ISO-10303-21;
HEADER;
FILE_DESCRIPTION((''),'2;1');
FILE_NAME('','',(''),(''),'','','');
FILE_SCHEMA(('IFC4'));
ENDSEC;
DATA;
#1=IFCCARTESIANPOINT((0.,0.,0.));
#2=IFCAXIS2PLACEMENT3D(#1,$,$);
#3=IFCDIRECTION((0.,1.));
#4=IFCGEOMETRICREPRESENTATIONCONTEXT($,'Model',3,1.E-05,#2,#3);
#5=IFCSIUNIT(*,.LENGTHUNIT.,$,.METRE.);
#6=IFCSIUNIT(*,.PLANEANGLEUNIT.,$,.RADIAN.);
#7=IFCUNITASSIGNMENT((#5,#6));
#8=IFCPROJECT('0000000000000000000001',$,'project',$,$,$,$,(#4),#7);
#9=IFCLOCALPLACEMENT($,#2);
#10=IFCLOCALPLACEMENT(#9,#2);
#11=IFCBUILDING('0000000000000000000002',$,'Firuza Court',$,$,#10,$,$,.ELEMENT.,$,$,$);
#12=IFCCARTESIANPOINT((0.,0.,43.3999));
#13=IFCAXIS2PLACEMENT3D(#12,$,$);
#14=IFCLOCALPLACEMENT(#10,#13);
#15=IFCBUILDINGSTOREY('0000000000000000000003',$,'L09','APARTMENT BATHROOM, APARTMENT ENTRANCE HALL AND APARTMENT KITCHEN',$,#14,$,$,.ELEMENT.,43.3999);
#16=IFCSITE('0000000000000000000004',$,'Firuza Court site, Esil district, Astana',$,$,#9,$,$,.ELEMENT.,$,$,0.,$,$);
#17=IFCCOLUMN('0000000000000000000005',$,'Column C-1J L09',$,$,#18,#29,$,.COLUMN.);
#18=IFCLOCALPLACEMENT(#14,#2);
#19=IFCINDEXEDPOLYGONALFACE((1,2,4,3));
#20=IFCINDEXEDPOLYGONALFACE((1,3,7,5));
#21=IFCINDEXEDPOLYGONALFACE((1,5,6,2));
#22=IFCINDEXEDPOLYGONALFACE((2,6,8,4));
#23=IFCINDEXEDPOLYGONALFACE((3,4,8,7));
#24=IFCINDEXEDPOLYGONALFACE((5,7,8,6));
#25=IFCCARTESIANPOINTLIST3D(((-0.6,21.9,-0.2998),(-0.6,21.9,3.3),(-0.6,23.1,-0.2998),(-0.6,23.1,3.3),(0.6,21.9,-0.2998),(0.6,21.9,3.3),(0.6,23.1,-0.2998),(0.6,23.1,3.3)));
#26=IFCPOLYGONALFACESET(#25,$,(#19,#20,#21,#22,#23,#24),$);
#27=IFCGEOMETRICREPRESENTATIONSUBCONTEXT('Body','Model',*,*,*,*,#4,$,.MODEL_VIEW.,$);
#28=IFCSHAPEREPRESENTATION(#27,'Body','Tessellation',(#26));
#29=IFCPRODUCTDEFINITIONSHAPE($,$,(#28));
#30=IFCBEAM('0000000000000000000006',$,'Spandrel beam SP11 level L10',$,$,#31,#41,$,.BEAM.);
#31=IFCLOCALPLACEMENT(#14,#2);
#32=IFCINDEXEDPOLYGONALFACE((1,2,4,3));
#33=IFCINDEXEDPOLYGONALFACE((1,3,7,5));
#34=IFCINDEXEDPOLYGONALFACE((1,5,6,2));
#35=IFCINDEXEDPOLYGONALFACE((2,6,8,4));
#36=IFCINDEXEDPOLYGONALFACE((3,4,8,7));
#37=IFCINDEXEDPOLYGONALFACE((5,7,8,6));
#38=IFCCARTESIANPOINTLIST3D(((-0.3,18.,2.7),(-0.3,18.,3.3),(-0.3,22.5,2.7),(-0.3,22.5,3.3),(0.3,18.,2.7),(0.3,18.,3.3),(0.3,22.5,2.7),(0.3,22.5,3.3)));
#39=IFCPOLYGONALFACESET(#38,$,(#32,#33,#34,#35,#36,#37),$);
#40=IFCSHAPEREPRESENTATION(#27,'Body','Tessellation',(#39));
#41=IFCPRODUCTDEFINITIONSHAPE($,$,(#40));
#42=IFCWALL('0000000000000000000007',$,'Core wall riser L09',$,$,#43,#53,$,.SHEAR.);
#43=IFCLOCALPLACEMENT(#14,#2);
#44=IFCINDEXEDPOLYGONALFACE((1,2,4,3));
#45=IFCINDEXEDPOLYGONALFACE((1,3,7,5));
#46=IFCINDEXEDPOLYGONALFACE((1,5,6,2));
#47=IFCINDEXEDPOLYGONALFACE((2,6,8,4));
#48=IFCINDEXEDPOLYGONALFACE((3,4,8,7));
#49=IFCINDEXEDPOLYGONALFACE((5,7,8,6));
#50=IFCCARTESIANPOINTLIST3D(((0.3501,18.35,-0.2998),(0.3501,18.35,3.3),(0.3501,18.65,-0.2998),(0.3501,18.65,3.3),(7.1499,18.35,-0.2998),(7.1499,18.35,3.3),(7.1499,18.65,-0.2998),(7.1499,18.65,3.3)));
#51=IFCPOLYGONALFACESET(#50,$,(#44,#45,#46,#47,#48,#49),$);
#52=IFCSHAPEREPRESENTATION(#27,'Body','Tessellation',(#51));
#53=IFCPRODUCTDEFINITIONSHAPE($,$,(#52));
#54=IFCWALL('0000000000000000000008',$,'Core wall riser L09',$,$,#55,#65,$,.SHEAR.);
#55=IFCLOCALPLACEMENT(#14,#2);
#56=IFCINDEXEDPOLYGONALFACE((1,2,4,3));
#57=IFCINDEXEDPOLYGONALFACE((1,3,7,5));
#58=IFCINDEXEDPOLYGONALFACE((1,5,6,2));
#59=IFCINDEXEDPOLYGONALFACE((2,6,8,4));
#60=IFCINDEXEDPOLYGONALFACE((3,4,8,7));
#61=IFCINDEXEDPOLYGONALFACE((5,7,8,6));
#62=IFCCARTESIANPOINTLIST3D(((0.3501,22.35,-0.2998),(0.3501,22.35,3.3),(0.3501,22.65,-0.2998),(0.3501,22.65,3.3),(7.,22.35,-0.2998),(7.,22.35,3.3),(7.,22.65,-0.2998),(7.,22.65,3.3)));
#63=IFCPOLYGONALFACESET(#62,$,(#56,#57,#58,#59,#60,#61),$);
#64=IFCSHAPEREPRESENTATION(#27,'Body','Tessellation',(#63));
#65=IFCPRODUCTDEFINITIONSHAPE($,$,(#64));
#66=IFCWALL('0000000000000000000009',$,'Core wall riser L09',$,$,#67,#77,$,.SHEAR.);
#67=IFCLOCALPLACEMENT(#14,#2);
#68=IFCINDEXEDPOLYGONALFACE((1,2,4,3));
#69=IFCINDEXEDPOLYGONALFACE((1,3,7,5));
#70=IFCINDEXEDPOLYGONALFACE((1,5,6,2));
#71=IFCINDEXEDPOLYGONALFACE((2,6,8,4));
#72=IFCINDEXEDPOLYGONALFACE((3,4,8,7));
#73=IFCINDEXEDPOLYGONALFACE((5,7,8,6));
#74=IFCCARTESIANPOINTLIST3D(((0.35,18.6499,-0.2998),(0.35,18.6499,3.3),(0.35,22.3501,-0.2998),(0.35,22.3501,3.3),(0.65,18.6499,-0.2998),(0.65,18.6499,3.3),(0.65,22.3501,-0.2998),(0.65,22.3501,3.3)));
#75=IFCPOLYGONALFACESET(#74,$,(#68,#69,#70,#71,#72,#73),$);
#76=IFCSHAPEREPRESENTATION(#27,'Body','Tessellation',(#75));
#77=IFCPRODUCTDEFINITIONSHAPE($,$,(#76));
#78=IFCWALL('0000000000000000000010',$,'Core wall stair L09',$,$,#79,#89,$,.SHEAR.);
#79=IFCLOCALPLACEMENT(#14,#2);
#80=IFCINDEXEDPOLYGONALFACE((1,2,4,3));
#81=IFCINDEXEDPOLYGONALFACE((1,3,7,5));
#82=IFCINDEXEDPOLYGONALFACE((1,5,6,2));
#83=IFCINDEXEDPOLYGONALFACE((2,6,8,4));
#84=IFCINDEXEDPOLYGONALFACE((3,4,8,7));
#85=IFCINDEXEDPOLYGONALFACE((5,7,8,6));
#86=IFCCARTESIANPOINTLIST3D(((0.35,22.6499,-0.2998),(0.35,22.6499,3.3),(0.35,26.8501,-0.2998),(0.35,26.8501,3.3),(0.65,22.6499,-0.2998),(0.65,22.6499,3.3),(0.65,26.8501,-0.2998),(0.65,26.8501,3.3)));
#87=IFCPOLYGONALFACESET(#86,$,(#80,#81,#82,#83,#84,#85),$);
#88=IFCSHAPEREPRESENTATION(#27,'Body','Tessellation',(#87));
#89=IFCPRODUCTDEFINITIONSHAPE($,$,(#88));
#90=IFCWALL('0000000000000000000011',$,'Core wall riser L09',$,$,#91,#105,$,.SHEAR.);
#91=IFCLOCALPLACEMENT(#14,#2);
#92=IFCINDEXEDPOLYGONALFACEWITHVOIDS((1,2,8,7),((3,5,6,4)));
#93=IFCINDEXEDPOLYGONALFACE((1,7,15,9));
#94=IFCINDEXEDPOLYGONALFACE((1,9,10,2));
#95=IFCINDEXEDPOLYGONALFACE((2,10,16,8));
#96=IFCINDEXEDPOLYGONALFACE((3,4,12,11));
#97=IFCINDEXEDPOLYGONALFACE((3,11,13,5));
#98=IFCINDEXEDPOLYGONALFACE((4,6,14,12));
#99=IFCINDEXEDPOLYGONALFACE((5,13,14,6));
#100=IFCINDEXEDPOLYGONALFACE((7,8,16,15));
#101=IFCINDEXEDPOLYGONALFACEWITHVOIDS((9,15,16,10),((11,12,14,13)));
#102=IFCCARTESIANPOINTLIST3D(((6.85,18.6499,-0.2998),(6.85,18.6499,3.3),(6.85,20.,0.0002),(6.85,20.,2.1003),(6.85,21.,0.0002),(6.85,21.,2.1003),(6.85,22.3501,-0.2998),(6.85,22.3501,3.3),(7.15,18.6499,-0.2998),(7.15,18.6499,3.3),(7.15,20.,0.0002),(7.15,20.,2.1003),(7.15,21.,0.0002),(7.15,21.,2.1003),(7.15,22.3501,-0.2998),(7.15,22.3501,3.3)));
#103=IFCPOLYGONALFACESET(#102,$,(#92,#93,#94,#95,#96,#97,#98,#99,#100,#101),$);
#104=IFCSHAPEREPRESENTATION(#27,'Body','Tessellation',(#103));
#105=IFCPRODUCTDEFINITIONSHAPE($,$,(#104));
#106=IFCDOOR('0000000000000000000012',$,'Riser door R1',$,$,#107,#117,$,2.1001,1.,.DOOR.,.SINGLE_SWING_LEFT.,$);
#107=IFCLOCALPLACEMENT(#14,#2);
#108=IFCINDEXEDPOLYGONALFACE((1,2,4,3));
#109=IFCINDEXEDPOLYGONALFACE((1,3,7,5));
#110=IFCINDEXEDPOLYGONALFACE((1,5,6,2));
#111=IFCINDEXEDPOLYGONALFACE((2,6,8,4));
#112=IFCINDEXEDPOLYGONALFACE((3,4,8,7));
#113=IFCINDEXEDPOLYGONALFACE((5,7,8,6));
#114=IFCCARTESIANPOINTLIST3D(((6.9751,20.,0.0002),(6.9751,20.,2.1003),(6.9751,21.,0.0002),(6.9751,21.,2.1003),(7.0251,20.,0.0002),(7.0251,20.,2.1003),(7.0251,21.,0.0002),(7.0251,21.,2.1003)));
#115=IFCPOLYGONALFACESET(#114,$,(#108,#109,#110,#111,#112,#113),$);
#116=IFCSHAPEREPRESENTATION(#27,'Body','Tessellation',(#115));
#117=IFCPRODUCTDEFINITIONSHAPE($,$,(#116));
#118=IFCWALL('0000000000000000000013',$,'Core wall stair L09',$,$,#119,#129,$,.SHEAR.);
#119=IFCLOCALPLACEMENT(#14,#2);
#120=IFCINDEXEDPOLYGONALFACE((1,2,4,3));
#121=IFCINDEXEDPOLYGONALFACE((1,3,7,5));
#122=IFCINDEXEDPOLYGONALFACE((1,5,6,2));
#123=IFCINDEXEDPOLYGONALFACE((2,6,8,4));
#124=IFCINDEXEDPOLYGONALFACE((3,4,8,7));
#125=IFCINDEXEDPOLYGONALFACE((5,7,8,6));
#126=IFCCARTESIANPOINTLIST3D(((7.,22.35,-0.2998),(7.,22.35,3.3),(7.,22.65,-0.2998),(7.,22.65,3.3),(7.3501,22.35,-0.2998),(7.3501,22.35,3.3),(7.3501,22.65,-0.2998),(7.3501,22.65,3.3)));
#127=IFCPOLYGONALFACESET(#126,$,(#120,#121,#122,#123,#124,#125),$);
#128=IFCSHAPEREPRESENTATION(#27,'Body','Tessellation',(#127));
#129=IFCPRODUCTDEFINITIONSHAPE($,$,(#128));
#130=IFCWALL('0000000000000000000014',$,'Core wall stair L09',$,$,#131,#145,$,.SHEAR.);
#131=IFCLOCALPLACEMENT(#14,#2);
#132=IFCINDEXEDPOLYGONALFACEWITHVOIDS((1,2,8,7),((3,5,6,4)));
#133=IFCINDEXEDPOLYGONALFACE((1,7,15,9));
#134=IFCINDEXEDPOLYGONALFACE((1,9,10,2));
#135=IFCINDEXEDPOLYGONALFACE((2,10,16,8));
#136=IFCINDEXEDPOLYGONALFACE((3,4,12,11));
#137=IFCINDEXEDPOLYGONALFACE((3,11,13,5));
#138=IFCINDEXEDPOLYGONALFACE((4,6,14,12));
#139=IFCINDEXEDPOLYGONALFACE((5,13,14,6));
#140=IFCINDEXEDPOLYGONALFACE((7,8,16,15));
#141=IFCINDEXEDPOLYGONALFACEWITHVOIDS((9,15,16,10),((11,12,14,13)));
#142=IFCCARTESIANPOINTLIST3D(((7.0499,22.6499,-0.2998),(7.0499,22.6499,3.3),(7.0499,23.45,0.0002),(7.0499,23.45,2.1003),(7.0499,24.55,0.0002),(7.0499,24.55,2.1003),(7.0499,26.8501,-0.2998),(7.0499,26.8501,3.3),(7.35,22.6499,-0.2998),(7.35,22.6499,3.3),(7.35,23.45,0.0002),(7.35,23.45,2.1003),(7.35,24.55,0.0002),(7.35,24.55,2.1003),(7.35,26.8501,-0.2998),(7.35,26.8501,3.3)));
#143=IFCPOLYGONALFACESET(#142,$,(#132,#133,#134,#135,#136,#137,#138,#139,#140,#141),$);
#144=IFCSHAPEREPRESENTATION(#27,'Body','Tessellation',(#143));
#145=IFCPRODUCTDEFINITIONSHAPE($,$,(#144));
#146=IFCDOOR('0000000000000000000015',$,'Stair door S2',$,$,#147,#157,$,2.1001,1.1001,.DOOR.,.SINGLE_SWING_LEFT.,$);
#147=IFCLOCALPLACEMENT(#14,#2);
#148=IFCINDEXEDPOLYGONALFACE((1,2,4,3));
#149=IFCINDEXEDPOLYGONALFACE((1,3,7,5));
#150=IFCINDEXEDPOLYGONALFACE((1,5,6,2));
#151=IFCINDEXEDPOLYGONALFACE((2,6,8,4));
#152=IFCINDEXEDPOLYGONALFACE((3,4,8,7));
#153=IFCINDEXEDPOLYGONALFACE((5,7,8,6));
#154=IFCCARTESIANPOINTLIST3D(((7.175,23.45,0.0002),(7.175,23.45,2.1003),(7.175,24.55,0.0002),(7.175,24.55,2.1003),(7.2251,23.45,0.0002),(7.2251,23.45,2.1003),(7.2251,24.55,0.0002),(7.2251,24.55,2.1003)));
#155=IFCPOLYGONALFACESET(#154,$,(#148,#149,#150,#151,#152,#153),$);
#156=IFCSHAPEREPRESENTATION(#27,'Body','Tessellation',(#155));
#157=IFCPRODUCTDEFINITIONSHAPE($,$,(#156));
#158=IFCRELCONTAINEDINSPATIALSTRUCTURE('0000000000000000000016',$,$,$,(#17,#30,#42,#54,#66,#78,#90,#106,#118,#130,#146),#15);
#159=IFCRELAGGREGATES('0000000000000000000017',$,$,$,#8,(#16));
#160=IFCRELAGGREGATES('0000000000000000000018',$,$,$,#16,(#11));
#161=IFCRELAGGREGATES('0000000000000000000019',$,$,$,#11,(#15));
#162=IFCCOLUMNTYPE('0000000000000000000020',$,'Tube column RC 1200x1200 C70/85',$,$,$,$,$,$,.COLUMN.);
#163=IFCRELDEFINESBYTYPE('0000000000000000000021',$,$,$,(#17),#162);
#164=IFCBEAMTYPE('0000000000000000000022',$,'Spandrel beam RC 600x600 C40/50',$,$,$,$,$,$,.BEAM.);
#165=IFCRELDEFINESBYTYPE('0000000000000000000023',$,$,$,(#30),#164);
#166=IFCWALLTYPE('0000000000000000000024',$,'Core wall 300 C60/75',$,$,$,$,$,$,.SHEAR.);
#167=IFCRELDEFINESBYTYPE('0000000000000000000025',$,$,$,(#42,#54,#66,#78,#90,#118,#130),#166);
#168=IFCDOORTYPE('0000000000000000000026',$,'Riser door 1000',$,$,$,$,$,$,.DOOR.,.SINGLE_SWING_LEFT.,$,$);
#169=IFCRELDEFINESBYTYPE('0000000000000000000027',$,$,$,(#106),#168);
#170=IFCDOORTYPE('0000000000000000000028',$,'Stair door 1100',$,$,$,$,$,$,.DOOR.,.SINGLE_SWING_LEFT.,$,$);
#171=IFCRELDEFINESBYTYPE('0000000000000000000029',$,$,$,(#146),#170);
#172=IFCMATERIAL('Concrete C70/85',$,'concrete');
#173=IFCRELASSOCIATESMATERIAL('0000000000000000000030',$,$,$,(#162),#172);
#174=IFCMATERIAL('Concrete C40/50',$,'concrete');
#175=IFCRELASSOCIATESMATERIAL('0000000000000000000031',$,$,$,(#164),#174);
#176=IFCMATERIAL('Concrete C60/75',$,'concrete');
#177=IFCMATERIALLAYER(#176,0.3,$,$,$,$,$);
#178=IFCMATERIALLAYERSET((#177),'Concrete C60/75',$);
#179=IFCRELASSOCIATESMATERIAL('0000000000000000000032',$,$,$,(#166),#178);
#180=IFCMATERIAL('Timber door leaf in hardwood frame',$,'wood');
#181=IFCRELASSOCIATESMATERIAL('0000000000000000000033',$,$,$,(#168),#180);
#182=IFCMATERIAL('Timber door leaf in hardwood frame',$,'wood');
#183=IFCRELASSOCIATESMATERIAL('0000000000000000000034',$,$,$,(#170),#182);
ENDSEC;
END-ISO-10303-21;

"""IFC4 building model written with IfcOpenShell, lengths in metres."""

from ifc_helpers import new_model, si_unit, direction, frame, frame_2d, origin, origin_2d, place, context, subcontext, project, spatial, rectangle, extrude, material, layer, layer_set, material_profile, profile_set, type_object, element, fill, save


model = new_model("IFC4")

# Units and contexts
model_context = context("Model", 3, precision=1e-05, world=origin(), true_north=direction((0.0, 1.0)))
body_context = subcontext(model_context, "Body", "Model", "MODEL_VIEW")
ifc_project = project(units=[si_unit("LENGTHUNIT", "METRE"), si_unit("PLANEANGLEUNIT", "RADIAN")], contexts=[model_context])

# Site, building, storey
site_placement = place(None, origin())
site = spatial("IfcSite", under=ifc_project, at=site_placement, Name="Firuza Court site, Esil district, Astana", CompositionType="ELEMENT", RefElevation=0.0)
building_placement = place(site_placement, origin())
building = spatial("IfcBuilding", under=site, at=building_placement, Name="Firuza Court", CompositionType="ELEMENT")
storey_placement = place(building_placement, frame((0.0, 0.0, 43.3999)))
storey = spatial("IfcBuildingStorey", under=building, at=storey_placement, Name="L09", Description="APARTMENT BATHROOM, APARTMENT ENTRANCE HALL AND APARTMENT KITCHEN", CompositionType="ELEMENT", Elevation=43.3999)

# Column
ifc_material_1 = material(Name="Concrete C70/85", Category="concrete")
ifc_material_profile_1 = material_profile(ifc_material_1, rectangle(XDim=1.2, YDim=1.2, at=origin_2d()), Name="RC 1200x1200")
ifc_profile_set_1 = profile_set([ifc_material_profile_1], Name="Concrete C70/85")
column_type = type_object("IfcColumnType", Name="Tube column RC 1200x1200 C70/85", PredefinedType="COLUMN", material=ifc_profile_set_1)
column_placement = place(storey_placement, frame((0.0, 22.5, -0.2998), z_axis=(0.0, 0.0, 1.0), x_axis=(1.0, 0.0, 0.0)))
element("IfcColumn", 1, at=column_placement, inside=storey, type_object=column_type, Name="Column C-1J L09", PredefinedType="COLUMN", context=body_context, shape_type="SweptSolid", body=[
    extrude(rectangle(XDim=1.2, YDim=1.2, at=origin_2d()), origin(), (0.0, 0.0, 1.0), 3.5999),
])

# Beam
ifc_material_2 = material(Name="Concrete C40/50", Category="concrete")
ifc_material_profile_2 = material_profile(ifc_material_2, rectangle(XDim=0.6001, YDim=0.6001, at=origin_2d()), Name="RC 600x600")
ifc_profile_set_2 = profile_set([ifc_material_profile_2], Name="Concrete C40/50")
beam_type = type_object("IfcBeamType", Name="Spandrel beam RC 600x600 C40/50", PredefinedType="BEAM", material=ifc_profile_set_2)
beam_placement = place(storey_placement, frame((0.0, 22.5, 3.0), z_axis=(0.0, -1.0, 0.0), x_axis=(1.0, 0.0, 0.0)))
element("IfcBeam", 2, at=beam_placement, inside=storey, type_object=beam_type, Name="Spandrel beam SP11 level L10", PredefinedType="BEAM", context=body_context, shape_type="SweptSolid", body=[
    extrude(rectangle(XDim=0.6001, YDim=0.6001, at=origin_2d()), origin(), (0.0, 0.0, 1.0), 4.5),
])

# Walls
ifc_material_3 = material(Name="Concrete C60/75", Category="concrete")
ifc_layer = layer(ifc_material_3, 0.3)
ifc_layer_set = layer_set([ifc_layer], Name="Concrete C60/75")
wall_type = type_object("IfcWallType", Name="Core wall 300 C60/75", PredefinedType="SHEAR", material=ifc_layer_set)
wall_1_placement = place(storey_placement, frame((0.3501, 18.5, -0.2998), z_axis=(0.0, 0.0, 1.0), x_axis=(1.0, 0.0, 0.0)))
element("IfcWall", 3, at=wall_1_placement, inside=storey, type_object=wall_type, Name="Core wall riser L09", PredefinedType="SHEAR", context=body_context, shape_type="SweptSolid", body=[
    extrude(rectangle(XDim=6.7998, YDim=0.3, at=frame_2d((3.3999, 0.0))), origin(), (0.0, 0.0, 1.0), 3.5999),
])
wall_2_placement = place(storey_placement, frame((0.3501, 22.5, -0.2998), z_axis=(0.0, 0.0, 1.0), x_axis=(1.0, 0.0, 0.0)))
element("IfcWall", 4, at=wall_2_placement, inside=storey, type_object=wall_type, Name="Core wall riser L09", PredefinedType="SHEAR", context=body_context, shape_type="SweptSolid", body=[
    extrude(rectangle(XDim=6.6499, YDim=0.3, at=frame_2d((3.325, 0.0))), origin(), (0.0, 0.0, 1.0), 3.5999),
])
wall_3_placement = place(storey_placement, frame((0.5, 18.6499, -0.2998), z_axis=(0.0, 0.0, 1.0), x_axis=(0.0, 1.0, 0.0)))
element("IfcWall", 5, at=wall_3_placement, inside=storey, type_object=wall_type, Name="Core wall riser L09", PredefinedType="SHEAR", context=body_context, shape_type="SweptSolid", body=[
    extrude(rectangle(XDim=3.7002, YDim=0.3, at=frame_2d((1.8501, 0.0))), origin(), (0.0, 0.0, 1.0), 3.5999),
])
wall_4_placement = place(storey_placement, frame((0.5, 22.6499, -0.2998), z_axis=(0.0, 0.0, 1.0), x_axis=(0.0, 1.0, 0.0)))
element("IfcWall", 6, at=wall_4_placement, inside=storey, type_object=wall_type, Name="Core wall stair L09", PredefinedType="SHEAR", context=body_context, shape_type="SweptSolid", body=[
    extrude(rectangle(XDim=4.2002, YDim=0.3, at=frame_2d((2.1001, 0.0))), origin(), (0.0, 0.0, 1.0), 3.5999),
])

# Wall, opening, door
wall_5_placement = place(storey_placement, frame((7.0, 18.6499, -0.2998), z_axis=(0.0, 0.0, 1.0), x_axis=(0.0, 1.0, 0.0)))
wall_5 = element("IfcWall", 7, at=wall_5_placement, inside=storey, type_object=wall_type, Name="Core wall riser L09", PredefinedType="SHEAR", context=body_context, shape_type="SweptSolid", body=[
    extrude(rectangle(XDim=3.7002, YDim=0.3, at=frame_2d((1.8501, 0.0))), origin(), (0.0, 0.0, 1.0), 3.5999),
])
opening_1_placement = place(wall_5_placement, frame((1.3501, 0.0, 0.3)))
opening_1 = element("IfcOpeningElement", 8, at=opening_1_placement, cuts=wall_5, PredefinedType="OPENING", context=body_context, shape_type="SweptSolid", body=[
    extrude(rectangle(XDim=1.0, YDim=2.1001, at=frame_2d((0.5, 1.05))), frame((0.0, 0.1621, 0.0), z_axis=(0.0, -1.0, 0.0), x_axis=(1.0, 0.0, 0.0)), (0.0, 0.0, 1.0), 0.324),
])
ifc_material_4 = material(Name="Timber door leaf in hardwood frame", Category="wood")
door_type_1 = type_object("IfcDoorType", Name="Riser door 1000", OperationType="SINGLE_SWING_LEFT", PredefinedType="DOOR", material=ifc_material_4)
door_1_placement = place(opening_1_placement, origin())
door_1 = element("IfcDoor", 9, at=door_1_placement, inside=storey, type_object=door_type_1, Name="Riser door R1", OperationType="SINGLE_SWING_LEFT", OverallHeight=2.1001, OverallWidth=1.0, PredefinedType="DOOR", context=body_context, shape_type="SweptSolid", body=[
    extrude(rectangle(XDim=1.0, YDim=2.1001, at=frame_2d((0.5, 1.05))), frame((0.0, 0.0249, 0.0), z_axis=(0.0, -1.0, 0.0), x_axis=(1.0, 0.0, 0.0)), (0.0, 0.0, 1.0), 0.05),
])
fill(opening_1, door_1)

# Wall
wall_6_placement = place(storey_placement, frame((7.0, 22.5, -0.2998), z_axis=(0.0, 0.0, 1.0), x_axis=(1.0, 0.0, 0.0)))
element("IfcWall", 10, at=wall_6_placement, inside=storey, type_object=wall_type, Name="Core wall stair L09", PredefinedType="SHEAR", context=body_context, shape_type="SweptSolid", body=[
    extrude(rectangle(XDim=0.3501, YDim=0.3, at=frame_2d((0.175, 0.0))), origin(), (0.0, 0.0, 1.0), 3.5999),
])

# Wall, opening, door
wall_7_placement = place(storey_placement, frame((7.2, 22.6499, -0.2998), z_axis=(0.0, 0.0, 1.0), x_axis=(0.0, 1.0, 0.0)))
wall_7 = element("IfcWall", 11, at=wall_7_placement, inside=storey, type_object=wall_type, Name="Core wall stair L09", PredefinedType="SHEAR", context=body_context, shape_type="SweptSolid", body=[
    extrude(rectangle(XDim=4.2002, YDim=0.3, at=frame_2d((2.1001, 0.0))), origin(), (0.0, 0.0, 1.0), 3.5999),
])
opening_2_placement = place(wall_7_placement, frame((0.8, 0.0, 0.3)))
opening_2 = element("IfcOpeningElement", 12, at=opening_2_placement, cuts=wall_7, PredefinedType="OPENING", context=body_context, shape_type="SweptSolid", body=[
    extrude(rectangle(XDim=1.1001, YDim=2.1001, at=frame_2d((0.55, 1.05))), frame((0.0, 0.1621, 0.0), z_axis=(0.0, -1.0, 0.0), x_axis=(1.0, 0.0, 0.0)), (0.0, 0.0, 1.0), 0.324),
])
ifc_material_5 = material(Name="Timber door leaf in hardwood frame", Category="wood")
door_type_2 = type_object("IfcDoorType", Name="Stair door 1100", OperationType="SINGLE_SWING_LEFT", PredefinedType="DOOR", material=ifc_material_5)
door_2_placement = place(opening_2_placement, origin())
door_2 = element("IfcDoor", 13, at=door_2_placement, inside=storey, type_object=door_type_2, Name="Stair door S2", OperationType="SINGLE_SWING_LEFT", OverallHeight=2.1001, OverallWidth=1.1001, PredefinedType="DOOR", context=body_context, shape_type="SweptSolid", body=[
    extrude(rectangle(XDim=1.1001, YDim=2.1001, at=frame_2d((0.55, 1.05))), frame((0.0, 0.0249, 0.0), z_axis=(0.0, -1.0, 0.0), x_axis=(1.0, 0.0, 0.0)), (0.0, 0.0, 1.0), 0.05),
])
fill(opening_2, door_2)

save(model, "model.ifc")
